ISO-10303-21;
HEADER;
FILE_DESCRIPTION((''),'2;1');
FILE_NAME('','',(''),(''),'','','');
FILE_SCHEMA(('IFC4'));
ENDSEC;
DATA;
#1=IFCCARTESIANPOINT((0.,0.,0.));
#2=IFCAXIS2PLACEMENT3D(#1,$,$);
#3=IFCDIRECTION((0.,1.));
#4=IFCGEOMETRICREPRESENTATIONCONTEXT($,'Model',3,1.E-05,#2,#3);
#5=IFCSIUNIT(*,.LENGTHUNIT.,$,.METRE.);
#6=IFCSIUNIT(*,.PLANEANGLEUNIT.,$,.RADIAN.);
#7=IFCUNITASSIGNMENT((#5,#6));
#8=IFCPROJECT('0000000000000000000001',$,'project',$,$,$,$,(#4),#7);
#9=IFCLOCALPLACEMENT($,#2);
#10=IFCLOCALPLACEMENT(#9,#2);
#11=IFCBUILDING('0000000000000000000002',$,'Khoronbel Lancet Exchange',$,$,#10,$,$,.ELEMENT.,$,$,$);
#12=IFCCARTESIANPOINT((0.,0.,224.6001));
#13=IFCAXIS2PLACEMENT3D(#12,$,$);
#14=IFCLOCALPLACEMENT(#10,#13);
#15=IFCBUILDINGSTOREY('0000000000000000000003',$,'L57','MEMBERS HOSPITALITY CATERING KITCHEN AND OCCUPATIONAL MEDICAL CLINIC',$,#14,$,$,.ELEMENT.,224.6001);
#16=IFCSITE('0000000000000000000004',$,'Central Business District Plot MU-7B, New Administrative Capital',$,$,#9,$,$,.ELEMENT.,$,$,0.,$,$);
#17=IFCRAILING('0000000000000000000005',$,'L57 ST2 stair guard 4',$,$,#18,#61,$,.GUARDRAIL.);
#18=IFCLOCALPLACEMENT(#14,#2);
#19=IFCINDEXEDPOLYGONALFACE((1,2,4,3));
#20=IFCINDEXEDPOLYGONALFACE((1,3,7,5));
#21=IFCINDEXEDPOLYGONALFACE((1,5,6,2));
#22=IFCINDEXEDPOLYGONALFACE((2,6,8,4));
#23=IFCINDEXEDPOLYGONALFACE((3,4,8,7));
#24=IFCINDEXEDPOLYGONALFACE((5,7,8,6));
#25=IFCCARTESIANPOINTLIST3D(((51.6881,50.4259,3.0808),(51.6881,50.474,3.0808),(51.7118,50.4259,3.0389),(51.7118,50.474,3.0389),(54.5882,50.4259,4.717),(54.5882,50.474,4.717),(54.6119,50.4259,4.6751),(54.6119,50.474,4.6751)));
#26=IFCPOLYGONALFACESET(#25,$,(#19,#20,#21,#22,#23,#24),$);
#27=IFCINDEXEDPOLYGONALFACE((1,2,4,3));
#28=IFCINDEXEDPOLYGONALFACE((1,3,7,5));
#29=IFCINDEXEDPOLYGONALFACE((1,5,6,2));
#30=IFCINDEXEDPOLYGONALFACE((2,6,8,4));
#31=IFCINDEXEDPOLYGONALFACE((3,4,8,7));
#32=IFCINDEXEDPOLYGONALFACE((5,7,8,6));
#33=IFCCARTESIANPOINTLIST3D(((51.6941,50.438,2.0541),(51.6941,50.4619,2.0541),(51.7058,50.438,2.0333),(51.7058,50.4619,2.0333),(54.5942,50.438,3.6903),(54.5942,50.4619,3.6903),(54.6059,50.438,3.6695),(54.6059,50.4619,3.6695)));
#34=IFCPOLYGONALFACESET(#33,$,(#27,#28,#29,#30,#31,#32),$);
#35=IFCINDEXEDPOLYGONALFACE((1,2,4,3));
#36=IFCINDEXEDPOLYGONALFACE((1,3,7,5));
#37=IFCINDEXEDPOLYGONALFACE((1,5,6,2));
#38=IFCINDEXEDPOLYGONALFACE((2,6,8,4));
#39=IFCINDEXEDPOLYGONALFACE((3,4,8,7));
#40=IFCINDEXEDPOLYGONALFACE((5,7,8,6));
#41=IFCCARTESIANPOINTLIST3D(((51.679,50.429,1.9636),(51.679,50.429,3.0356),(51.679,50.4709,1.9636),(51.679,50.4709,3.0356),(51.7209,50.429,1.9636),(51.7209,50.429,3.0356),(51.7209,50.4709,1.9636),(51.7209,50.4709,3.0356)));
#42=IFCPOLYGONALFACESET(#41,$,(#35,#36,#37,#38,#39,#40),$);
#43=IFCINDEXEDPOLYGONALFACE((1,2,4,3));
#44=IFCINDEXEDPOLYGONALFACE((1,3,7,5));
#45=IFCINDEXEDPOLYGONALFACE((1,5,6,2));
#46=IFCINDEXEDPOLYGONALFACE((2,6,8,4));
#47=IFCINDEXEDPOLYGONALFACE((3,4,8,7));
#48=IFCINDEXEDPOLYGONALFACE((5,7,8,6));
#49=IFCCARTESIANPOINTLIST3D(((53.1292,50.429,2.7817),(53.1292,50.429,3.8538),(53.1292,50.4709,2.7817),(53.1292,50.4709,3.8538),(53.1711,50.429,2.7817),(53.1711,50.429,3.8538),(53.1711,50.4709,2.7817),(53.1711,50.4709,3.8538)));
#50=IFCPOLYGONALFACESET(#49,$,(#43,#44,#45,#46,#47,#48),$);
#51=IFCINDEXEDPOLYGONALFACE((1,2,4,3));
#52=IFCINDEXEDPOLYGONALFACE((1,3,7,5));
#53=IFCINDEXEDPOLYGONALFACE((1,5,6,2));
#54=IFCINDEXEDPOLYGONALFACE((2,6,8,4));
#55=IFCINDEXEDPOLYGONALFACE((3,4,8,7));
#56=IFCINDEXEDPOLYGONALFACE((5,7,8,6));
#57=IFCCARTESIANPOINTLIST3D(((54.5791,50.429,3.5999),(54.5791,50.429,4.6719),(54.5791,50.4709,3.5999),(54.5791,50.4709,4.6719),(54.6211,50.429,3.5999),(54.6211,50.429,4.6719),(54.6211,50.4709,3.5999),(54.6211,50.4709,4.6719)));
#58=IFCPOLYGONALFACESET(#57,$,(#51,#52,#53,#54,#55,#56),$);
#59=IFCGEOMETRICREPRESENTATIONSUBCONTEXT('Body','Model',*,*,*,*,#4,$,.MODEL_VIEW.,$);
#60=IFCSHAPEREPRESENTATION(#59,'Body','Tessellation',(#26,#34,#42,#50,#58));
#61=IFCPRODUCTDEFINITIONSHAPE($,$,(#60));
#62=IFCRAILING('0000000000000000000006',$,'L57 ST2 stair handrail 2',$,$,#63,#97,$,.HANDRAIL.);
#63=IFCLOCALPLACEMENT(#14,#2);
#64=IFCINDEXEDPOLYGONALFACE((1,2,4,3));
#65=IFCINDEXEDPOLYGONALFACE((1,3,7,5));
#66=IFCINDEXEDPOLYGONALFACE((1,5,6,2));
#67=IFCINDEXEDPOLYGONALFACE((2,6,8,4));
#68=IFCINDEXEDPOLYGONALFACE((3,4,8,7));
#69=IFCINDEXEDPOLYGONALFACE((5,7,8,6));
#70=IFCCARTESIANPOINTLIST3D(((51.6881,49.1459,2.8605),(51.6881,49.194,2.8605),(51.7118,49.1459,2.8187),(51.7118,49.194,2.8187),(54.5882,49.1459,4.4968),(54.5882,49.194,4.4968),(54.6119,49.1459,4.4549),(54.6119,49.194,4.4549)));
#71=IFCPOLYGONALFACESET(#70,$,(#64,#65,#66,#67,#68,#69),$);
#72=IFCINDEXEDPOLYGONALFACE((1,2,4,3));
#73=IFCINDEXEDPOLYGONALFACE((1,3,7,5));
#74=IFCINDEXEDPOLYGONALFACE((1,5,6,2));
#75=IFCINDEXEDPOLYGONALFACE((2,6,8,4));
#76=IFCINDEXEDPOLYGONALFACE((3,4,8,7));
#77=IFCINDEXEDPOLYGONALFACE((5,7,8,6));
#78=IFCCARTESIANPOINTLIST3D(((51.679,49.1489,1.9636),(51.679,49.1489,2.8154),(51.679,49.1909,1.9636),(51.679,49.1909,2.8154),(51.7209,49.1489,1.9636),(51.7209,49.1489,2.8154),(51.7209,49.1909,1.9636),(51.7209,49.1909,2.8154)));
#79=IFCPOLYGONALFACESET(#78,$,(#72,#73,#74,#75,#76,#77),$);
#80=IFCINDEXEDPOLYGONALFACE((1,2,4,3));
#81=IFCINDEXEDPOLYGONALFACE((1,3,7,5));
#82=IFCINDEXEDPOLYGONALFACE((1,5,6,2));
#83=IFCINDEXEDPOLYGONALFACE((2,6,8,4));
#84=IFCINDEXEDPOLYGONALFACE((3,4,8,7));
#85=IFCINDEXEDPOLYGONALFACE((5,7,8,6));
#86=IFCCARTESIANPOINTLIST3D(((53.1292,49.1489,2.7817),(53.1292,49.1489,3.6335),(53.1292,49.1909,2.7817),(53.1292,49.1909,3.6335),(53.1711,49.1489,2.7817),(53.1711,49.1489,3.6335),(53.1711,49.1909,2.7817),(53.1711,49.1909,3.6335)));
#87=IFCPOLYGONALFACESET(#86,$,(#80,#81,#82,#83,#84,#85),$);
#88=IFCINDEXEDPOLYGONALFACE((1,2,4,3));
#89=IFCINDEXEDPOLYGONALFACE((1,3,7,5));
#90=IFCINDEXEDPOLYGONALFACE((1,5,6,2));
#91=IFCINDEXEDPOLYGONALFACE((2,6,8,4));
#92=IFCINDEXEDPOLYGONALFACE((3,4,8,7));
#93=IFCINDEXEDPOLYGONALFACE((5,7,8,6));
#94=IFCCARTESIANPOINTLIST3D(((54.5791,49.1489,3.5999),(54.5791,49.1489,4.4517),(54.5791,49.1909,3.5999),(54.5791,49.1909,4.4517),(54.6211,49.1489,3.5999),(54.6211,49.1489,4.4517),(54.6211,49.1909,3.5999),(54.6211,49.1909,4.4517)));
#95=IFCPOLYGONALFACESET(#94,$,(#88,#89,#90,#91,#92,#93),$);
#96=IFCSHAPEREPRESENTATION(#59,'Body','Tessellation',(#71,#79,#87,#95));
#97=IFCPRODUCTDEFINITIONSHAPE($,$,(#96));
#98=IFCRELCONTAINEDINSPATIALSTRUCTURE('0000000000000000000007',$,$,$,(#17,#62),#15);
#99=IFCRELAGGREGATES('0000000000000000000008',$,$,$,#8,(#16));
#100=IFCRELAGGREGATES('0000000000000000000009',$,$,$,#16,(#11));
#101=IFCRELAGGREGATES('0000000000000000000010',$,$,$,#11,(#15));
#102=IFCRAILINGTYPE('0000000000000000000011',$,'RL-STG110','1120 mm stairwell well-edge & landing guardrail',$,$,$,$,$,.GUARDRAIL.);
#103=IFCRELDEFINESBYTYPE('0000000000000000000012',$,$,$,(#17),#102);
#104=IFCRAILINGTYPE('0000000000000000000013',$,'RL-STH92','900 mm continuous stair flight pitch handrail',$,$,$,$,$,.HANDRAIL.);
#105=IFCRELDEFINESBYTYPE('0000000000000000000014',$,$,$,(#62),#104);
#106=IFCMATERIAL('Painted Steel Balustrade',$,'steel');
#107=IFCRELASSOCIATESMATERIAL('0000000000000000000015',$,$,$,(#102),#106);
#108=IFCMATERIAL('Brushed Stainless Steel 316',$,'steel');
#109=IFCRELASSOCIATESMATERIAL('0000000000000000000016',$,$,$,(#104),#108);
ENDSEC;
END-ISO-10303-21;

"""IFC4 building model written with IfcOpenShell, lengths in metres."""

from ifc_helpers import new_model, si_unit, direction, frame, origin, origin_2d, place, context, subcontext, project, spatial, rectangle, extrude, material, type_object, element, save


model = new_model("IFC4")

# Units and contexts
model_context = context("Model", 3, precision=1e-05, world=origin(), true_north=direction((0.0, 1.0)))
body_context = subcontext(model_context, "Body", "Model", "MODEL_VIEW")
ifc_project = project(units=[si_unit("LENGTHUNIT", "METRE"), si_unit("PLANEANGLEUNIT", "RADIAN")], contexts=[model_context])

# Site, building, storey
site_placement = place(None, origin())
site = spatial("IfcSite", under=ifc_project, at=site_placement, Name="Central Business District Plot MU-7B, New Administrative Capital", CompositionType="ELEMENT", RefElevation=0.0)
building_placement = place(site_placement, origin())
building = spatial("IfcBuilding", under=site, at=building_placement, Name="Khoronbel Lancet Exchange", CompositionType="ELEMENT")
storey_placement = place(building_placement, frame((0.0, 0.0, 224.6001)))
storey = spatial("IfcBuildingStorey", under=building, at=storey_placement, Name="L57", Description="MEMBERS HOSPITALITY CATERING KITCHEN AND OCCUPATIONAL MEDICAL CLINIC", CompositionType="ELEMENT", Elevation=224.6001)

# Railings
ifc_material_1 = material(Name="Painted Steel Balustrade", Category="steel")
railing_type_1 = type_object("IfcRailingType", Name="RL-STG110", Description="1120 mm stairwell well-edge & landing guardrail", PredefinedType="GUARDRAIL", material=ifc_material_1)
railing_1_placement = place(storey_placement, frame((51.7, 50.45, 1.9636)))
element("IfcRailing", 1, at=railing_1_placement, inside=storey, type_object=railing_type_1, Name="L57 ST2 stair guard 4", PredefinedType="GUARDRAIL", context=body_context, shape_type="SweptSolid", body=[
    extrude(rectangle(XDim=0.0481, YDim=0.0481, at=origin_2d()), frame((0.0, 0.0, 1.0962), z_axis=(0.870946, 0.0, 0.491378), x_axis=(0.0, 1.0, 0.0)), (0.0, 0.0, 1.0), 3.3298),
    extrude(rectangle(XDim=0.0239, YDim=0.0239, at=origin_2d()), frame((0.0, 0.0, 0.0801), z_axis=(0.870946, 0.0, 0.491378), x_axis=(0.0, 1.0, 0.0)), (0.0, 0.0, 1.0), 3.3298),
    extrude(rectangle(XDim=0.042, YDim=0.042, at=origin_2d()), origin(), (0.0, 0.0, 1.0), 1.072),
    extrude(rectangle(XDim=0.042, YDim=0.042, at=origin_2d()), frame((1.4502, 0.0, 0.8181)), (0.0, 0.0, 1.0), 1.072),
    extrude(rectangle(XDim=0.042, YDim=0.042, at=origin_2d()), frame((2.9001, 0.0, 1.6362)), (0.0, 0.0, 1.0), 1.072),
])
ifc_material_2 = material(Name="Brushed Stainless Steel 316", Category="steel")
railing_type_2 = type_object("IfcRailingType", Name="RL-STH92", Description="900 mm continuous stair flight pitch handrail", PredefinedType="HANDRAIL", material=ifc_material_2)
railing_2_placement = place(storey_placement, frame((51.7, 49.1699, 1.9636)))
element("IfcRailing", 2, at=railing_2_placement, inside=storey, type_object=railing_type_2, Name="L57 ST2 stair handrail 2", PredefinedType="HANDRAIL", context=body_context, shape_type="SweptSolid", body=[
    extrude(rectangle(XDim=0.0481, YDim=0.0481, at=origin_2d()), frame((0.0, 0.0, 0.876), z_axis=(0.870946, 0.0, 0.491378), x_axis=(0.0, 1.0, 0.0)), (0.0, 0.0, 1.0), 3.3298),
    extrude(rectangle(XDim=0.042, YDim=0.042, at=origin_2d()), origin(), (0.0, 0.0, 1.0), 0.8518),
    extrude(rectangle(XDim=0.042, YDim=0.042, at=origin_2d()), frame((1.4502, 0.0, 0.8181)), (0.0, 0.0, 1.0), 0.8518),
    extrude(rectangle(XDim=0.042, YDim=0.042, at=origin_2d()), frame((2.9001, 0.0, 1.6362)), (0.0, 0.0, 1.0), 0.8518),
])

save(model, "model.ifc")
